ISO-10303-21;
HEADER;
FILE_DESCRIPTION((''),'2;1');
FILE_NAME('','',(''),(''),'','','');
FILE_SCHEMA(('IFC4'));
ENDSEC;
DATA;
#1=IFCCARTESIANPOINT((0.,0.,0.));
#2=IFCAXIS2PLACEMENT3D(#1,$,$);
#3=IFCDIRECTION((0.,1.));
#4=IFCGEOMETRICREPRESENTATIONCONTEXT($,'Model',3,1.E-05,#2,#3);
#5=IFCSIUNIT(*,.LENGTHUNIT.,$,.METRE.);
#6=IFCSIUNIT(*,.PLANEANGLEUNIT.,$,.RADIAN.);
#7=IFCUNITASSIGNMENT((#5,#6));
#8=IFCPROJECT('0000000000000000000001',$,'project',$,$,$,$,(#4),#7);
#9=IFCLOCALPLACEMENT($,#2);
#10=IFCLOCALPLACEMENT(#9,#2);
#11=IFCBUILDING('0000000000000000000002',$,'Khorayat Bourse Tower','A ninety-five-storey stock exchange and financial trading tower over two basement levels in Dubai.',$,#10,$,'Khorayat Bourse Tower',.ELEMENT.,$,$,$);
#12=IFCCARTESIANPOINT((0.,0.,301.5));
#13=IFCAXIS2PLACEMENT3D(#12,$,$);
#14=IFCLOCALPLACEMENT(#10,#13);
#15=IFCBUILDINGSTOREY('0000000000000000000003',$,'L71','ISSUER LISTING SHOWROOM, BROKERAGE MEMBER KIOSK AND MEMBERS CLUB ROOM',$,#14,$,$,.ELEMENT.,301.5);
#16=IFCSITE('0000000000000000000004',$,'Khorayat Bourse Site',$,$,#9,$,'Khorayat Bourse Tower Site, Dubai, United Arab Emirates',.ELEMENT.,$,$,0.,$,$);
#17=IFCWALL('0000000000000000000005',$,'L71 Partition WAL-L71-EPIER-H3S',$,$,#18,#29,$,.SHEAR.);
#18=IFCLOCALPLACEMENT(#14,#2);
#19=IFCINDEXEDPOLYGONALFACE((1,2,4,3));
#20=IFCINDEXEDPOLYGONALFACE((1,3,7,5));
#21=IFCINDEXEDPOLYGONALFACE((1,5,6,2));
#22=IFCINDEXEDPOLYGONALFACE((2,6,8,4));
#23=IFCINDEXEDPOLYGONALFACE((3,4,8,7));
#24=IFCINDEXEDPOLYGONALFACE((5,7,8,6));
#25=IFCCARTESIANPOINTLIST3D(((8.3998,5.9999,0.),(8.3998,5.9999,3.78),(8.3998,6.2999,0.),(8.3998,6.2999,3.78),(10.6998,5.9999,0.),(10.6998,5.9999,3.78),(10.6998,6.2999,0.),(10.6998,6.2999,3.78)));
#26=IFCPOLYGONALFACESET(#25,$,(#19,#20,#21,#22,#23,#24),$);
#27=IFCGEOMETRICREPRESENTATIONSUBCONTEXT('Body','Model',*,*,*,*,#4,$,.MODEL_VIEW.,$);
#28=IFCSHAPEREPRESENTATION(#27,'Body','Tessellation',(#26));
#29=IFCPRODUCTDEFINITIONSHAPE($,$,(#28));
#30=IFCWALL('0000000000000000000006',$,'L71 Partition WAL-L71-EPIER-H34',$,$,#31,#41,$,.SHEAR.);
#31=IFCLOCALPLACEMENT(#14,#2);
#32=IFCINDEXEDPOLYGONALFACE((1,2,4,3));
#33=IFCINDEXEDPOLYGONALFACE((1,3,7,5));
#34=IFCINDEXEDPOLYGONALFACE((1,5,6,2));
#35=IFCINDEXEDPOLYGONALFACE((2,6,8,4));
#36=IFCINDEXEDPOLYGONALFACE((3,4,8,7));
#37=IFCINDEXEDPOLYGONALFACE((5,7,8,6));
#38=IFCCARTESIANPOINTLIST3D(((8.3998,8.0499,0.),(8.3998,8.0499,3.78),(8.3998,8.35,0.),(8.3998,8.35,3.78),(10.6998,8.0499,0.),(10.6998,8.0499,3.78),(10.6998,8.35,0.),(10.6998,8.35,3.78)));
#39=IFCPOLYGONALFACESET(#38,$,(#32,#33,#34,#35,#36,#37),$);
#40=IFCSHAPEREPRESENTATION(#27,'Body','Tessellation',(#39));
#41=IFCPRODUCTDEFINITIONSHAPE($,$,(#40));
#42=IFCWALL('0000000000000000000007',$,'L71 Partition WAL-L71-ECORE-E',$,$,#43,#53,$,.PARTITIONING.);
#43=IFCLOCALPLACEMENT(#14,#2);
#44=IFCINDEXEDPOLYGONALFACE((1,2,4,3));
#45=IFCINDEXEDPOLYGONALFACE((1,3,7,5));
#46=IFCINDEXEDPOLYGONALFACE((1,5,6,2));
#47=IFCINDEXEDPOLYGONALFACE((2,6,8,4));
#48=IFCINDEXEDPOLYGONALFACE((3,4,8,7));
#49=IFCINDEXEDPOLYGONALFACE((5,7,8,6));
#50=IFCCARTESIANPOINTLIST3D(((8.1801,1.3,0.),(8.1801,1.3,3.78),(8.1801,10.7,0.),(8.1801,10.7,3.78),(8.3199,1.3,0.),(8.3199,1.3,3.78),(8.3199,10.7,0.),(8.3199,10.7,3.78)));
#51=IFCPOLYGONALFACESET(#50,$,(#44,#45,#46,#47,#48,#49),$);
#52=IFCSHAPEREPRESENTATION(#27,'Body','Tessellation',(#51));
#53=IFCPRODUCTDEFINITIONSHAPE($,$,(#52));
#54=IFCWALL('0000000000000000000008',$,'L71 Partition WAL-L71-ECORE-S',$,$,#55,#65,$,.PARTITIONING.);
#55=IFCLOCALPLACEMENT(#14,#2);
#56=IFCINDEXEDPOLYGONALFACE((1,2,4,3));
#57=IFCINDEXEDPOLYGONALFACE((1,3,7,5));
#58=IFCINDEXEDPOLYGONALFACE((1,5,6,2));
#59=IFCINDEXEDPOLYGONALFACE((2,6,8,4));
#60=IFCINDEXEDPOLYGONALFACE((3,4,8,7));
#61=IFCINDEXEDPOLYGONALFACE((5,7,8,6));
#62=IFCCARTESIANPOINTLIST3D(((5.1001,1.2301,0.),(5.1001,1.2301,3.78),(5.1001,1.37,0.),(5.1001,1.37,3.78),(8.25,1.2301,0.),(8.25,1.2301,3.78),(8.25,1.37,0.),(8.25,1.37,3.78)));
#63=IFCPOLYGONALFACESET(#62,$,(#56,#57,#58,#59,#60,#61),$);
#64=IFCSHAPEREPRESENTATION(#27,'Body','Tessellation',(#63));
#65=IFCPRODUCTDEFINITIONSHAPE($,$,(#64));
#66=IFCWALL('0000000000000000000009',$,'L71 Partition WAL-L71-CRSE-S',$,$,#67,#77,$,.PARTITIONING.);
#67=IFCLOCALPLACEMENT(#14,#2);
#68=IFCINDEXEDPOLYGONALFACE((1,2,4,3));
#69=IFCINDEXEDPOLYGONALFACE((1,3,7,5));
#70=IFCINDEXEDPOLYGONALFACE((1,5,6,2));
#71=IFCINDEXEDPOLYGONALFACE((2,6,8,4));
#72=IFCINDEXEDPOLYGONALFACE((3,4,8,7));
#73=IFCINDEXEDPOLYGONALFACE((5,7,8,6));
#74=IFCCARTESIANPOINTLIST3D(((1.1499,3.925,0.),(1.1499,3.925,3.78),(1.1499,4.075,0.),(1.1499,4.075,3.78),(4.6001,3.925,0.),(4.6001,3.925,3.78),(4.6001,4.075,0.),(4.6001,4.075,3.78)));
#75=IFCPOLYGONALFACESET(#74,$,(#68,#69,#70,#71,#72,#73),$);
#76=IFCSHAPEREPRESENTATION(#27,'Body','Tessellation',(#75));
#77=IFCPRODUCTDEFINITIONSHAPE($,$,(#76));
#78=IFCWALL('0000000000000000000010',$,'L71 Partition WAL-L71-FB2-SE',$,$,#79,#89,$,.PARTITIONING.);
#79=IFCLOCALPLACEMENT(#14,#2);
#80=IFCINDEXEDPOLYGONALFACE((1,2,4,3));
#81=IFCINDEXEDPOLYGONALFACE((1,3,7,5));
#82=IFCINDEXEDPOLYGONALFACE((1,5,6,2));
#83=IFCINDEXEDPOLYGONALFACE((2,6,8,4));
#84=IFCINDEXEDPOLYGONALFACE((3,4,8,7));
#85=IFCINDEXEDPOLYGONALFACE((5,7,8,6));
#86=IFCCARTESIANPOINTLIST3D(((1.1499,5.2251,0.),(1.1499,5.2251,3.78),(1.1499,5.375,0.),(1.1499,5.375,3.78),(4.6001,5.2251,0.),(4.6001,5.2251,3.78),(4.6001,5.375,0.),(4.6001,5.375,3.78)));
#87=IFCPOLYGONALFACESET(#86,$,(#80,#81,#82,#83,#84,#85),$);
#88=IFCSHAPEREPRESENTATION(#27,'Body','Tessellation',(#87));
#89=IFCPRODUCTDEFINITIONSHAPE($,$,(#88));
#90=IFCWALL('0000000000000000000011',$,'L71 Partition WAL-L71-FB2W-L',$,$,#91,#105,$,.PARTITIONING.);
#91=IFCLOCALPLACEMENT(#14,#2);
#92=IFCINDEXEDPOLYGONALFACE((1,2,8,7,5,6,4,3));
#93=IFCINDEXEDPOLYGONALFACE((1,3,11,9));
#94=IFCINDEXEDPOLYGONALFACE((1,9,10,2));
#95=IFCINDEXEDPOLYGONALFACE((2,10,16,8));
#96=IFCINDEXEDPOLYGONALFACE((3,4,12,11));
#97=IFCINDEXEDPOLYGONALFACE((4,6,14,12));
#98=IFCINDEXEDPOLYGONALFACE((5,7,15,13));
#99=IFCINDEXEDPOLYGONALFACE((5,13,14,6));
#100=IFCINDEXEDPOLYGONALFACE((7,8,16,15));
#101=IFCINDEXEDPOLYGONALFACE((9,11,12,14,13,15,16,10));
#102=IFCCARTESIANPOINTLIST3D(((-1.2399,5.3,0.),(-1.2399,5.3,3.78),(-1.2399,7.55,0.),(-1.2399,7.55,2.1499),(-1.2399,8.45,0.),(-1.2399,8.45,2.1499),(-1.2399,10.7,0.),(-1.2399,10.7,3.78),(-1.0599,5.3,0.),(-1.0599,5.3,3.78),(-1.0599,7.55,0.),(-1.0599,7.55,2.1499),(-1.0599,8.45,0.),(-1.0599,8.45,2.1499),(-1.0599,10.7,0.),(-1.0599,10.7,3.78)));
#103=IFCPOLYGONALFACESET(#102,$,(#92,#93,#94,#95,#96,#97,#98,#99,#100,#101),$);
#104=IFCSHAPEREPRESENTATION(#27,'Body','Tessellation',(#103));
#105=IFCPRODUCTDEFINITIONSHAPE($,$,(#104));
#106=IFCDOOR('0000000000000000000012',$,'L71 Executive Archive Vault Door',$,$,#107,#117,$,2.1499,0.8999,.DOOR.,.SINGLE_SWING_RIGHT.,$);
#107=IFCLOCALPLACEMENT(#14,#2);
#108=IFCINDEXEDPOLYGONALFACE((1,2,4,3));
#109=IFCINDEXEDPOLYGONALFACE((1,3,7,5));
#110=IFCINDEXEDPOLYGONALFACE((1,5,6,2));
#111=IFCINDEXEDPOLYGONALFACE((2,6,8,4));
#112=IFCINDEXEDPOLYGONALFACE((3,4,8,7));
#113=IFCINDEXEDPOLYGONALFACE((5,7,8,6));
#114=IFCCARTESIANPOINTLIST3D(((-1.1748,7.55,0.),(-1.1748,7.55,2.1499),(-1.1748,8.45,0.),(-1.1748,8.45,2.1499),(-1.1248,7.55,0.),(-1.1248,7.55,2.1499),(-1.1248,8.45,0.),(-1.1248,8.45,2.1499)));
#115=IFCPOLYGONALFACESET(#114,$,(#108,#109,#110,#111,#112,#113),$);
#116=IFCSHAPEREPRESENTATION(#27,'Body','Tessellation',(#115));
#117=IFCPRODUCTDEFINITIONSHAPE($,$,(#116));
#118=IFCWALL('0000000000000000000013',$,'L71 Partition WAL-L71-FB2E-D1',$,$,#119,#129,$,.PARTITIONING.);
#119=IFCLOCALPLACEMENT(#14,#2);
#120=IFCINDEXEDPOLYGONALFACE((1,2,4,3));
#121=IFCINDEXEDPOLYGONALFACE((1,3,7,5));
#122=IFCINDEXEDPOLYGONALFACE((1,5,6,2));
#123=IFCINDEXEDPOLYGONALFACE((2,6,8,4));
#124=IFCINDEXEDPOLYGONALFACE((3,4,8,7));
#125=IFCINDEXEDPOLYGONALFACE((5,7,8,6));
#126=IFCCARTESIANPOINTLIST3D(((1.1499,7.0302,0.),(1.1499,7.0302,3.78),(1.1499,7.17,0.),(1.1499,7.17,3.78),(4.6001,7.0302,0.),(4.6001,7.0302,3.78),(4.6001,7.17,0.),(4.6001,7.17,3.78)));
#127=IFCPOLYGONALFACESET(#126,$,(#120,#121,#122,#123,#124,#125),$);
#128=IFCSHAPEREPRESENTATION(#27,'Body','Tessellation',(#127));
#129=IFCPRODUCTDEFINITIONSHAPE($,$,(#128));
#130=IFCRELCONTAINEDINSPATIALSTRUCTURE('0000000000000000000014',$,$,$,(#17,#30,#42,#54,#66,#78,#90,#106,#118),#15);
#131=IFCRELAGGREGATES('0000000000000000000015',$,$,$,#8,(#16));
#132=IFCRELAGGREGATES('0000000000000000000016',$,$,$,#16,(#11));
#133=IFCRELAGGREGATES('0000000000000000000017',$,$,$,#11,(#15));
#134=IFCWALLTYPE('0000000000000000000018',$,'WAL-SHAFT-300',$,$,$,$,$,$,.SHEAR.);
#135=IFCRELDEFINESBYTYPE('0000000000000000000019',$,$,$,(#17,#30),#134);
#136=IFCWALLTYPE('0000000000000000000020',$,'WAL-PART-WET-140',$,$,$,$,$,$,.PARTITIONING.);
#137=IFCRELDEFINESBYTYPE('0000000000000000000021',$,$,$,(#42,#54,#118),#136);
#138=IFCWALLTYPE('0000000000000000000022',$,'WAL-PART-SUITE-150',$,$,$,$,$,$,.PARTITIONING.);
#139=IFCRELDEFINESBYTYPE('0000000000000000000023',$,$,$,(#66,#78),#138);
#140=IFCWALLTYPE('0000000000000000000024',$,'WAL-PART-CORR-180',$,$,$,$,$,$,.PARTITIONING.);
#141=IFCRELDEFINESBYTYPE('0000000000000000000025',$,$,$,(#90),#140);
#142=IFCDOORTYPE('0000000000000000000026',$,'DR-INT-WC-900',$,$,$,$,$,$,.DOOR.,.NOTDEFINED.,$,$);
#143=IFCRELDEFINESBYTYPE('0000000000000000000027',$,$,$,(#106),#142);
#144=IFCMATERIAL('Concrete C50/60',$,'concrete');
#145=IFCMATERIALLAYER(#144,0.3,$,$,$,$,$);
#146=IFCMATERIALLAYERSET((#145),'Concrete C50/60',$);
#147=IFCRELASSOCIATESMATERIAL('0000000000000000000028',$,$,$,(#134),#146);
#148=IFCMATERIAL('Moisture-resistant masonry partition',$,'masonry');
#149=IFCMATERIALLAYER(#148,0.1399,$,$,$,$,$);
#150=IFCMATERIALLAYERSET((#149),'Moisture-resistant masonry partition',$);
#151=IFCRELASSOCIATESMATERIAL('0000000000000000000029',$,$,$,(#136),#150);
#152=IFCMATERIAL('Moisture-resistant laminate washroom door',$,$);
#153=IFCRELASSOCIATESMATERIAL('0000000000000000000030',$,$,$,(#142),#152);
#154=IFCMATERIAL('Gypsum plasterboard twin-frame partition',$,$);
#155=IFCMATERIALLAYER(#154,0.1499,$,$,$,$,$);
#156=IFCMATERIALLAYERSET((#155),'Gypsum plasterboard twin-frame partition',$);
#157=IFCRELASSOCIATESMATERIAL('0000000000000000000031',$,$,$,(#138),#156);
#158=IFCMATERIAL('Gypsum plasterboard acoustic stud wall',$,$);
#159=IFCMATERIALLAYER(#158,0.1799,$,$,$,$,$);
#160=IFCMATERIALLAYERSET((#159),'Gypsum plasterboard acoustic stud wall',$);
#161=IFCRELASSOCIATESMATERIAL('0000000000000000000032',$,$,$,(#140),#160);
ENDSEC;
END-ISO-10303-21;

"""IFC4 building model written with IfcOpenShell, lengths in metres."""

from ifc_helpers import new_model, si_unit, direction, frame, frame_2d, origin, place, context, subcontext, project, spatial, rectangle, extrude, source, transform, mapped, material, layer, layer_set, type_object, element, fill, save


model = new_model("IFC4")

# Units and contexts
model_context = context("Model", 3, precision=1e-05, world=origin(), true_north=direction((0.0, 1.0)))
body_context = subcontext(model_context, "Body", "Model", "MODEL_VIEW")
ifc_project = project(units=[si_unit("LENGTHUNIT", "METRE"), si_unit("PLANEANGLEUNIT", "RADIAN")], contexts=[model_context])

# Site, building, storey
site_placement = place(None, origin())
site = spatial("IfcSite", under=ifc_project, at=site_placement, Name="Khorayat Bourse Site", LongName="Khorayat Bourse Tower Site, Dubai, United Arab Emirates", CompositionType="ELEMENT", RefElevation=0.0)
building_placement = place(site_placement, origin())
building = spatial("IfcBuilding", under=site, at=building_placement, Name="Khorayat Bourse Tower", Description="A ninety-five-storey stock exchange and financial trading tower over two basement levels in Dubai.", LongName="Khorayat Bourse Tower", CompositionType="ELEMENT")
storey_placement = place(building_placement, frame((0.0, 0.0, 301.5)))
storey = spatial("IfcBuildingStorey", under=building, at=storey_placement, Name="L71", Description="ISSUER LISTING SHOWROOM, BROKERAGE MEMBER KIOSK AND MEMBERS CLUB ROOM", CompositionType="ELEMENT", Elevation=301.5)

# Walls
ifc_material_1 = material(Name="Concrete C50/60", Category="concrete")
ifc_layer_1 = layer(ifc_material_1, 0.3)
ifc_layer_set_1 = layer_set([ifc_layer_1], Name="Concrete C50/60")
wall_type_1 = type_object("IfcWallType", Name="WAL-SHAFT-300", PredefinedType="SHEAR", material=ifc_layer_set_1)
shared_shape_1 = source(origin(), body_context, "Body", "SweptSolid", [
    extrude(rectangle(XDim=2.3, YDim=0.3, at=frame_2d((1.1499, 0.0))), origin(), (0.0, 0.0, 1.0), 3.78),
])
for number, where, z_axis, x_axis, name in (
    (1, (8.3999, 6.1499, 0.0), (0.0, 0.0, 1.0), (1.0, 0.0, 0.0), "L71 Partition WAL-L71-EPIER-H3S"),
    (2, (8.3999, 8.2, 0.0), (0.0, 0.0, 1.0), (1.0, 0.0, 0.0), "L71 Partition WAL-L71-EPIER-H34"),
):
    element("IfcWall", number, at=place(storey_placement, frame(where, z_axis=z_axis, x_axis=x_axis)), inside=storey, type_object=wall_type_1, Name=name, PredefinedType="SHEAR", context=body_context, shape_type="MappedRepresentation", body=[
        mapped(shared_shape_1, transform((0.0, 0.0, 0.0), scale=1.0)),
    ])
ifc_material_2 = material(Name="Moisture-resistant masonry partition", Category="masonry")
ifc_layer_2 = layer(ifc_material_2, 0.1399)
ifc_layer_set_2 = layer_set([ifc_layer_2], Name="Moisture-resistant masonry partition")
wall_type_2 = type_object("IfcWallType", Name="WAL-PART-WET-140", PredefinedType="PARTITIONING", material=ifc_layer_set_2)
shared_shape_2 = source(origin(), body_context, "Body", "SweptSolid", [
    extrude(rectangle(XDim=9.3999, YDim=0.1399, at=frame_2d((4.7, 0.0))), origin(), (0.0, 0.0, 1.0), 3.78),
])
wall_1_placement = place(storey_placement, frame((8.25, 1.3, 0.0), z_axis=(0.0, 0.0, 1.0), x_axis=(0.0, 1.0, 0.0)))
element("IfcWall", 3, at=wall_1_placement, inside=storey, type_object=wall_type_2, Name="L71 Partition WAL-L71-ECORE-E", PredefinedType="PARTITIONING", context=body_context, shape_type="MappedRepresentation", body=[
    mapped(shared_shape_2, transform((0.0, 0.0, 0.0), scale=1.0)),
])
shared_shape_3 = source(origin(), body_context, "Body", "SweptSolid", [
    extrude(rectangle(XDim=3.1499, YDim=0.1399, at=frame_2d((1.575, 0.0))), origin(), (0.0, 0.0, 1.0), 3.78),
])
wall_2_placement = place(storey_placement, frame((5.1001, 1.3, 0.0), z_axis=(0.0, 0.0, 1.0), x_axis=(1.0, 0.0, 0.0)))
element("IfcWall", 4, at=wall_2_placement, inside=storey, type_object=wall_type_2, Name="L71 Partition WAL-L71-ECORE-S", PredefinedType="PARTITIONING", context=body_context, shape_type="MappedRepresentation", body=[
    mapped(shared_shape_3, transform((0.0, 0.0, 0.0), scale=1.0)),
])

# Shared definitions
ifc_material_3 = material(Name="Moisture-resistant laminate washroom door")
door_type = type_object("IfcDoorType", Name="DR-INT-WC-900", OperationType="NOTDEFINED", PredefinedType="DOOR", material=ifc_material_3)
shared_shape_4 = source(origin(), body_context, "Body", "SweptSolid", [
    extrude(rectangle(XDim=0.8999, YDim=2.1499, at=frame_2d((0.45, 1.075))), frame((0.0, 0.0249, 0.0), z_axis=(0.0, -1.0, 0.0), x_axis=(1.0, 0.0, 0.0)), (0.0, 0.0, 1.0), 0.05),
])

# Walls
ifc_material_4 = material(Name="Gypsum plasterboard twin-frame partition")
ifc_layer_3 = layer(ifc_material_4, 0.1499)
ifc_layer_set_3 = layer_set([ifc_layer_3], Name="Gypsum plasterboard twin-frame partition")
wall_type_3 = type_object("IfcWallType", Name="WAL-PART-SUITE-150", PredefinedType="PARTITIONING", material=ifc_layer_set_3)
shared_shape_5 = source(origin(), body_context, "Body", "SweptSolid", [
    extrude(rectangle(XDim=3.4502, YDim=0.1499, at=frame_2d((1.7251, 0.0))), origin(), (0.0, 0.0, 1.0), 3.78),
])
for number, where, z_axis, x_axis, name in (
    (5, (1.1499, 4.0, 0.0), (0.0, 0.0, 1.0), (1.0, 0.0, 0.0), "L71 Partition WAL-L71-CRSE-S"),
    (6, (1.1499, 5.3, 0.0), (0.0, 0.0, 1.0), (1.0, 0.0, 0.0), "L71 Partition WAL-L71-FB2-SE"),
):
    element("IfcWall", number, at=place(storey_placement, frame(where, z_axis=z_axis, x_axis=x_axis)), inside=storey, type_object=wall_type_3, Name=name, PredefinedType="PARTITIONING", context=body_context, shape_type="MappedRepresentation", body=[
        mapped(shared_shape_5, transform((0.0, 0.0, 0.0), scale=1.0)),
    ])

# Wall, opening, door
ifc_material_5 = material(Name="Gypsum plasterboard acoustic stud wall")
ifc_layer_4 = layer(ifc_material_5, 0.1799)
ifc_layer_set_4 = layer_set([ifc_layer_4], Name="Gypsum plasterboard acoustic stud wall")
wall_type_4 = type_object("IfcWallType", Name="WAL-PART-CORR-180", PredefinedType="PARTITIONING", material=ifc_layer_set_4)
shared_shape_6 = source(origin(), body_context, "Body", "SweptSolid", [
    extrude(rectangle(XDim=5.3999, YDim=0.1799, at=frame_2d((2.7, 0.0))), origin(), (0.0, 0.0, 1.0), 3.78),
])
wall_3_placement = place(storey_placement, frame((-1.1499, 5.3, 0.0), z_axis=(0.0, 0.0, 1.0), x_axis=(0.0, 1.0, 0.0)))
wall_3 = element("IfcWall", 7, at=wall_3_placement, inside=storey, type_object=wall_type_4, Name="L71 Partition WAL-L71-FB2W-L", PredefinedType="PARTITIONING", context=body_context, shape_type="MappedRepresentation", body=[
    mapped(shared_shape_6, transform((0.0, 0.0, 0.0), scale=1.0)),
])
shared_shape_7 = source(origin(), body_context, "Body", "SweptSolid", [
    extrude(rectangle(XDim=0.8999, YDim=2.1499, at=frame_2d((0.45, 1.075))), frame((0.0, 0.0999, 0.0), z_axis=(0.0, -1.0, 0.0), x_axis=(1.0, 0.0, 0.0)), (0.0, 0.0, 1.0), 0.2),
])
opening_1_placement = place(wall_3_placement, frame((2.25, 0.0, 0.0)))
opening_1 = element("IfcOpeningElement", 8, at=opening_1_placement, cuts=wall_3, PredefinedType="OPENING", context=body_context, shape_type="MappedRepresentation", body=[
    mapped(shared_shape_7, transform((0.0, 0.0, 0.0), scale=1.0)),
])
door_1_placement = place(opening_1_placement, origin())
door_1 = element("IfcDoor", 9, at=door_1_placement, inside=storey, type_object=door_type, Name="L71 Executive Archive Vault Door", OperationType="SINGLE_SWING_RIGHT", OverallHeight=2.1499, OverallWidth=0.8999, PredefinedType="DOOR", context=body_context, shape_type="MappedRepresentation", body=[
    mapped(shared_shape_4, transform((0.0, 0.0, 0.0), scale=1.0)),
])
fill(opening_1, door_1)

# Wall
shared_shape_8 = source(origin(), body_context, "Body", "SweptSolid", [
    extrude(rectangle(XDim=3.4502, YDim=0.1399, at=frame_2d((1.7251, 0.0))), origin(), (0.0, 0.0, 1.0), 3.78),
])
wall_4_placement = place(storey_placement, frame((1.1499, 7.1001, 0.0), z_axis=(0.0, 0.0, 1.0), x_axis=(1.0, 0.0, 0.0)))
element("IfcWall", 10, at=wall_4_placement, inside=storey, type_object=wall_type_2, Name="L71 Partition WAL-L71-FB2E-D1", PredefinedType="PARTITIONING", context=body_context, shape_type="MappedRepresentation", body=[
    mapped(shared_shape_8, transform((0.0, 0.0, 0.0), scale=1.0)),
])

save(model, "model.ifc")
